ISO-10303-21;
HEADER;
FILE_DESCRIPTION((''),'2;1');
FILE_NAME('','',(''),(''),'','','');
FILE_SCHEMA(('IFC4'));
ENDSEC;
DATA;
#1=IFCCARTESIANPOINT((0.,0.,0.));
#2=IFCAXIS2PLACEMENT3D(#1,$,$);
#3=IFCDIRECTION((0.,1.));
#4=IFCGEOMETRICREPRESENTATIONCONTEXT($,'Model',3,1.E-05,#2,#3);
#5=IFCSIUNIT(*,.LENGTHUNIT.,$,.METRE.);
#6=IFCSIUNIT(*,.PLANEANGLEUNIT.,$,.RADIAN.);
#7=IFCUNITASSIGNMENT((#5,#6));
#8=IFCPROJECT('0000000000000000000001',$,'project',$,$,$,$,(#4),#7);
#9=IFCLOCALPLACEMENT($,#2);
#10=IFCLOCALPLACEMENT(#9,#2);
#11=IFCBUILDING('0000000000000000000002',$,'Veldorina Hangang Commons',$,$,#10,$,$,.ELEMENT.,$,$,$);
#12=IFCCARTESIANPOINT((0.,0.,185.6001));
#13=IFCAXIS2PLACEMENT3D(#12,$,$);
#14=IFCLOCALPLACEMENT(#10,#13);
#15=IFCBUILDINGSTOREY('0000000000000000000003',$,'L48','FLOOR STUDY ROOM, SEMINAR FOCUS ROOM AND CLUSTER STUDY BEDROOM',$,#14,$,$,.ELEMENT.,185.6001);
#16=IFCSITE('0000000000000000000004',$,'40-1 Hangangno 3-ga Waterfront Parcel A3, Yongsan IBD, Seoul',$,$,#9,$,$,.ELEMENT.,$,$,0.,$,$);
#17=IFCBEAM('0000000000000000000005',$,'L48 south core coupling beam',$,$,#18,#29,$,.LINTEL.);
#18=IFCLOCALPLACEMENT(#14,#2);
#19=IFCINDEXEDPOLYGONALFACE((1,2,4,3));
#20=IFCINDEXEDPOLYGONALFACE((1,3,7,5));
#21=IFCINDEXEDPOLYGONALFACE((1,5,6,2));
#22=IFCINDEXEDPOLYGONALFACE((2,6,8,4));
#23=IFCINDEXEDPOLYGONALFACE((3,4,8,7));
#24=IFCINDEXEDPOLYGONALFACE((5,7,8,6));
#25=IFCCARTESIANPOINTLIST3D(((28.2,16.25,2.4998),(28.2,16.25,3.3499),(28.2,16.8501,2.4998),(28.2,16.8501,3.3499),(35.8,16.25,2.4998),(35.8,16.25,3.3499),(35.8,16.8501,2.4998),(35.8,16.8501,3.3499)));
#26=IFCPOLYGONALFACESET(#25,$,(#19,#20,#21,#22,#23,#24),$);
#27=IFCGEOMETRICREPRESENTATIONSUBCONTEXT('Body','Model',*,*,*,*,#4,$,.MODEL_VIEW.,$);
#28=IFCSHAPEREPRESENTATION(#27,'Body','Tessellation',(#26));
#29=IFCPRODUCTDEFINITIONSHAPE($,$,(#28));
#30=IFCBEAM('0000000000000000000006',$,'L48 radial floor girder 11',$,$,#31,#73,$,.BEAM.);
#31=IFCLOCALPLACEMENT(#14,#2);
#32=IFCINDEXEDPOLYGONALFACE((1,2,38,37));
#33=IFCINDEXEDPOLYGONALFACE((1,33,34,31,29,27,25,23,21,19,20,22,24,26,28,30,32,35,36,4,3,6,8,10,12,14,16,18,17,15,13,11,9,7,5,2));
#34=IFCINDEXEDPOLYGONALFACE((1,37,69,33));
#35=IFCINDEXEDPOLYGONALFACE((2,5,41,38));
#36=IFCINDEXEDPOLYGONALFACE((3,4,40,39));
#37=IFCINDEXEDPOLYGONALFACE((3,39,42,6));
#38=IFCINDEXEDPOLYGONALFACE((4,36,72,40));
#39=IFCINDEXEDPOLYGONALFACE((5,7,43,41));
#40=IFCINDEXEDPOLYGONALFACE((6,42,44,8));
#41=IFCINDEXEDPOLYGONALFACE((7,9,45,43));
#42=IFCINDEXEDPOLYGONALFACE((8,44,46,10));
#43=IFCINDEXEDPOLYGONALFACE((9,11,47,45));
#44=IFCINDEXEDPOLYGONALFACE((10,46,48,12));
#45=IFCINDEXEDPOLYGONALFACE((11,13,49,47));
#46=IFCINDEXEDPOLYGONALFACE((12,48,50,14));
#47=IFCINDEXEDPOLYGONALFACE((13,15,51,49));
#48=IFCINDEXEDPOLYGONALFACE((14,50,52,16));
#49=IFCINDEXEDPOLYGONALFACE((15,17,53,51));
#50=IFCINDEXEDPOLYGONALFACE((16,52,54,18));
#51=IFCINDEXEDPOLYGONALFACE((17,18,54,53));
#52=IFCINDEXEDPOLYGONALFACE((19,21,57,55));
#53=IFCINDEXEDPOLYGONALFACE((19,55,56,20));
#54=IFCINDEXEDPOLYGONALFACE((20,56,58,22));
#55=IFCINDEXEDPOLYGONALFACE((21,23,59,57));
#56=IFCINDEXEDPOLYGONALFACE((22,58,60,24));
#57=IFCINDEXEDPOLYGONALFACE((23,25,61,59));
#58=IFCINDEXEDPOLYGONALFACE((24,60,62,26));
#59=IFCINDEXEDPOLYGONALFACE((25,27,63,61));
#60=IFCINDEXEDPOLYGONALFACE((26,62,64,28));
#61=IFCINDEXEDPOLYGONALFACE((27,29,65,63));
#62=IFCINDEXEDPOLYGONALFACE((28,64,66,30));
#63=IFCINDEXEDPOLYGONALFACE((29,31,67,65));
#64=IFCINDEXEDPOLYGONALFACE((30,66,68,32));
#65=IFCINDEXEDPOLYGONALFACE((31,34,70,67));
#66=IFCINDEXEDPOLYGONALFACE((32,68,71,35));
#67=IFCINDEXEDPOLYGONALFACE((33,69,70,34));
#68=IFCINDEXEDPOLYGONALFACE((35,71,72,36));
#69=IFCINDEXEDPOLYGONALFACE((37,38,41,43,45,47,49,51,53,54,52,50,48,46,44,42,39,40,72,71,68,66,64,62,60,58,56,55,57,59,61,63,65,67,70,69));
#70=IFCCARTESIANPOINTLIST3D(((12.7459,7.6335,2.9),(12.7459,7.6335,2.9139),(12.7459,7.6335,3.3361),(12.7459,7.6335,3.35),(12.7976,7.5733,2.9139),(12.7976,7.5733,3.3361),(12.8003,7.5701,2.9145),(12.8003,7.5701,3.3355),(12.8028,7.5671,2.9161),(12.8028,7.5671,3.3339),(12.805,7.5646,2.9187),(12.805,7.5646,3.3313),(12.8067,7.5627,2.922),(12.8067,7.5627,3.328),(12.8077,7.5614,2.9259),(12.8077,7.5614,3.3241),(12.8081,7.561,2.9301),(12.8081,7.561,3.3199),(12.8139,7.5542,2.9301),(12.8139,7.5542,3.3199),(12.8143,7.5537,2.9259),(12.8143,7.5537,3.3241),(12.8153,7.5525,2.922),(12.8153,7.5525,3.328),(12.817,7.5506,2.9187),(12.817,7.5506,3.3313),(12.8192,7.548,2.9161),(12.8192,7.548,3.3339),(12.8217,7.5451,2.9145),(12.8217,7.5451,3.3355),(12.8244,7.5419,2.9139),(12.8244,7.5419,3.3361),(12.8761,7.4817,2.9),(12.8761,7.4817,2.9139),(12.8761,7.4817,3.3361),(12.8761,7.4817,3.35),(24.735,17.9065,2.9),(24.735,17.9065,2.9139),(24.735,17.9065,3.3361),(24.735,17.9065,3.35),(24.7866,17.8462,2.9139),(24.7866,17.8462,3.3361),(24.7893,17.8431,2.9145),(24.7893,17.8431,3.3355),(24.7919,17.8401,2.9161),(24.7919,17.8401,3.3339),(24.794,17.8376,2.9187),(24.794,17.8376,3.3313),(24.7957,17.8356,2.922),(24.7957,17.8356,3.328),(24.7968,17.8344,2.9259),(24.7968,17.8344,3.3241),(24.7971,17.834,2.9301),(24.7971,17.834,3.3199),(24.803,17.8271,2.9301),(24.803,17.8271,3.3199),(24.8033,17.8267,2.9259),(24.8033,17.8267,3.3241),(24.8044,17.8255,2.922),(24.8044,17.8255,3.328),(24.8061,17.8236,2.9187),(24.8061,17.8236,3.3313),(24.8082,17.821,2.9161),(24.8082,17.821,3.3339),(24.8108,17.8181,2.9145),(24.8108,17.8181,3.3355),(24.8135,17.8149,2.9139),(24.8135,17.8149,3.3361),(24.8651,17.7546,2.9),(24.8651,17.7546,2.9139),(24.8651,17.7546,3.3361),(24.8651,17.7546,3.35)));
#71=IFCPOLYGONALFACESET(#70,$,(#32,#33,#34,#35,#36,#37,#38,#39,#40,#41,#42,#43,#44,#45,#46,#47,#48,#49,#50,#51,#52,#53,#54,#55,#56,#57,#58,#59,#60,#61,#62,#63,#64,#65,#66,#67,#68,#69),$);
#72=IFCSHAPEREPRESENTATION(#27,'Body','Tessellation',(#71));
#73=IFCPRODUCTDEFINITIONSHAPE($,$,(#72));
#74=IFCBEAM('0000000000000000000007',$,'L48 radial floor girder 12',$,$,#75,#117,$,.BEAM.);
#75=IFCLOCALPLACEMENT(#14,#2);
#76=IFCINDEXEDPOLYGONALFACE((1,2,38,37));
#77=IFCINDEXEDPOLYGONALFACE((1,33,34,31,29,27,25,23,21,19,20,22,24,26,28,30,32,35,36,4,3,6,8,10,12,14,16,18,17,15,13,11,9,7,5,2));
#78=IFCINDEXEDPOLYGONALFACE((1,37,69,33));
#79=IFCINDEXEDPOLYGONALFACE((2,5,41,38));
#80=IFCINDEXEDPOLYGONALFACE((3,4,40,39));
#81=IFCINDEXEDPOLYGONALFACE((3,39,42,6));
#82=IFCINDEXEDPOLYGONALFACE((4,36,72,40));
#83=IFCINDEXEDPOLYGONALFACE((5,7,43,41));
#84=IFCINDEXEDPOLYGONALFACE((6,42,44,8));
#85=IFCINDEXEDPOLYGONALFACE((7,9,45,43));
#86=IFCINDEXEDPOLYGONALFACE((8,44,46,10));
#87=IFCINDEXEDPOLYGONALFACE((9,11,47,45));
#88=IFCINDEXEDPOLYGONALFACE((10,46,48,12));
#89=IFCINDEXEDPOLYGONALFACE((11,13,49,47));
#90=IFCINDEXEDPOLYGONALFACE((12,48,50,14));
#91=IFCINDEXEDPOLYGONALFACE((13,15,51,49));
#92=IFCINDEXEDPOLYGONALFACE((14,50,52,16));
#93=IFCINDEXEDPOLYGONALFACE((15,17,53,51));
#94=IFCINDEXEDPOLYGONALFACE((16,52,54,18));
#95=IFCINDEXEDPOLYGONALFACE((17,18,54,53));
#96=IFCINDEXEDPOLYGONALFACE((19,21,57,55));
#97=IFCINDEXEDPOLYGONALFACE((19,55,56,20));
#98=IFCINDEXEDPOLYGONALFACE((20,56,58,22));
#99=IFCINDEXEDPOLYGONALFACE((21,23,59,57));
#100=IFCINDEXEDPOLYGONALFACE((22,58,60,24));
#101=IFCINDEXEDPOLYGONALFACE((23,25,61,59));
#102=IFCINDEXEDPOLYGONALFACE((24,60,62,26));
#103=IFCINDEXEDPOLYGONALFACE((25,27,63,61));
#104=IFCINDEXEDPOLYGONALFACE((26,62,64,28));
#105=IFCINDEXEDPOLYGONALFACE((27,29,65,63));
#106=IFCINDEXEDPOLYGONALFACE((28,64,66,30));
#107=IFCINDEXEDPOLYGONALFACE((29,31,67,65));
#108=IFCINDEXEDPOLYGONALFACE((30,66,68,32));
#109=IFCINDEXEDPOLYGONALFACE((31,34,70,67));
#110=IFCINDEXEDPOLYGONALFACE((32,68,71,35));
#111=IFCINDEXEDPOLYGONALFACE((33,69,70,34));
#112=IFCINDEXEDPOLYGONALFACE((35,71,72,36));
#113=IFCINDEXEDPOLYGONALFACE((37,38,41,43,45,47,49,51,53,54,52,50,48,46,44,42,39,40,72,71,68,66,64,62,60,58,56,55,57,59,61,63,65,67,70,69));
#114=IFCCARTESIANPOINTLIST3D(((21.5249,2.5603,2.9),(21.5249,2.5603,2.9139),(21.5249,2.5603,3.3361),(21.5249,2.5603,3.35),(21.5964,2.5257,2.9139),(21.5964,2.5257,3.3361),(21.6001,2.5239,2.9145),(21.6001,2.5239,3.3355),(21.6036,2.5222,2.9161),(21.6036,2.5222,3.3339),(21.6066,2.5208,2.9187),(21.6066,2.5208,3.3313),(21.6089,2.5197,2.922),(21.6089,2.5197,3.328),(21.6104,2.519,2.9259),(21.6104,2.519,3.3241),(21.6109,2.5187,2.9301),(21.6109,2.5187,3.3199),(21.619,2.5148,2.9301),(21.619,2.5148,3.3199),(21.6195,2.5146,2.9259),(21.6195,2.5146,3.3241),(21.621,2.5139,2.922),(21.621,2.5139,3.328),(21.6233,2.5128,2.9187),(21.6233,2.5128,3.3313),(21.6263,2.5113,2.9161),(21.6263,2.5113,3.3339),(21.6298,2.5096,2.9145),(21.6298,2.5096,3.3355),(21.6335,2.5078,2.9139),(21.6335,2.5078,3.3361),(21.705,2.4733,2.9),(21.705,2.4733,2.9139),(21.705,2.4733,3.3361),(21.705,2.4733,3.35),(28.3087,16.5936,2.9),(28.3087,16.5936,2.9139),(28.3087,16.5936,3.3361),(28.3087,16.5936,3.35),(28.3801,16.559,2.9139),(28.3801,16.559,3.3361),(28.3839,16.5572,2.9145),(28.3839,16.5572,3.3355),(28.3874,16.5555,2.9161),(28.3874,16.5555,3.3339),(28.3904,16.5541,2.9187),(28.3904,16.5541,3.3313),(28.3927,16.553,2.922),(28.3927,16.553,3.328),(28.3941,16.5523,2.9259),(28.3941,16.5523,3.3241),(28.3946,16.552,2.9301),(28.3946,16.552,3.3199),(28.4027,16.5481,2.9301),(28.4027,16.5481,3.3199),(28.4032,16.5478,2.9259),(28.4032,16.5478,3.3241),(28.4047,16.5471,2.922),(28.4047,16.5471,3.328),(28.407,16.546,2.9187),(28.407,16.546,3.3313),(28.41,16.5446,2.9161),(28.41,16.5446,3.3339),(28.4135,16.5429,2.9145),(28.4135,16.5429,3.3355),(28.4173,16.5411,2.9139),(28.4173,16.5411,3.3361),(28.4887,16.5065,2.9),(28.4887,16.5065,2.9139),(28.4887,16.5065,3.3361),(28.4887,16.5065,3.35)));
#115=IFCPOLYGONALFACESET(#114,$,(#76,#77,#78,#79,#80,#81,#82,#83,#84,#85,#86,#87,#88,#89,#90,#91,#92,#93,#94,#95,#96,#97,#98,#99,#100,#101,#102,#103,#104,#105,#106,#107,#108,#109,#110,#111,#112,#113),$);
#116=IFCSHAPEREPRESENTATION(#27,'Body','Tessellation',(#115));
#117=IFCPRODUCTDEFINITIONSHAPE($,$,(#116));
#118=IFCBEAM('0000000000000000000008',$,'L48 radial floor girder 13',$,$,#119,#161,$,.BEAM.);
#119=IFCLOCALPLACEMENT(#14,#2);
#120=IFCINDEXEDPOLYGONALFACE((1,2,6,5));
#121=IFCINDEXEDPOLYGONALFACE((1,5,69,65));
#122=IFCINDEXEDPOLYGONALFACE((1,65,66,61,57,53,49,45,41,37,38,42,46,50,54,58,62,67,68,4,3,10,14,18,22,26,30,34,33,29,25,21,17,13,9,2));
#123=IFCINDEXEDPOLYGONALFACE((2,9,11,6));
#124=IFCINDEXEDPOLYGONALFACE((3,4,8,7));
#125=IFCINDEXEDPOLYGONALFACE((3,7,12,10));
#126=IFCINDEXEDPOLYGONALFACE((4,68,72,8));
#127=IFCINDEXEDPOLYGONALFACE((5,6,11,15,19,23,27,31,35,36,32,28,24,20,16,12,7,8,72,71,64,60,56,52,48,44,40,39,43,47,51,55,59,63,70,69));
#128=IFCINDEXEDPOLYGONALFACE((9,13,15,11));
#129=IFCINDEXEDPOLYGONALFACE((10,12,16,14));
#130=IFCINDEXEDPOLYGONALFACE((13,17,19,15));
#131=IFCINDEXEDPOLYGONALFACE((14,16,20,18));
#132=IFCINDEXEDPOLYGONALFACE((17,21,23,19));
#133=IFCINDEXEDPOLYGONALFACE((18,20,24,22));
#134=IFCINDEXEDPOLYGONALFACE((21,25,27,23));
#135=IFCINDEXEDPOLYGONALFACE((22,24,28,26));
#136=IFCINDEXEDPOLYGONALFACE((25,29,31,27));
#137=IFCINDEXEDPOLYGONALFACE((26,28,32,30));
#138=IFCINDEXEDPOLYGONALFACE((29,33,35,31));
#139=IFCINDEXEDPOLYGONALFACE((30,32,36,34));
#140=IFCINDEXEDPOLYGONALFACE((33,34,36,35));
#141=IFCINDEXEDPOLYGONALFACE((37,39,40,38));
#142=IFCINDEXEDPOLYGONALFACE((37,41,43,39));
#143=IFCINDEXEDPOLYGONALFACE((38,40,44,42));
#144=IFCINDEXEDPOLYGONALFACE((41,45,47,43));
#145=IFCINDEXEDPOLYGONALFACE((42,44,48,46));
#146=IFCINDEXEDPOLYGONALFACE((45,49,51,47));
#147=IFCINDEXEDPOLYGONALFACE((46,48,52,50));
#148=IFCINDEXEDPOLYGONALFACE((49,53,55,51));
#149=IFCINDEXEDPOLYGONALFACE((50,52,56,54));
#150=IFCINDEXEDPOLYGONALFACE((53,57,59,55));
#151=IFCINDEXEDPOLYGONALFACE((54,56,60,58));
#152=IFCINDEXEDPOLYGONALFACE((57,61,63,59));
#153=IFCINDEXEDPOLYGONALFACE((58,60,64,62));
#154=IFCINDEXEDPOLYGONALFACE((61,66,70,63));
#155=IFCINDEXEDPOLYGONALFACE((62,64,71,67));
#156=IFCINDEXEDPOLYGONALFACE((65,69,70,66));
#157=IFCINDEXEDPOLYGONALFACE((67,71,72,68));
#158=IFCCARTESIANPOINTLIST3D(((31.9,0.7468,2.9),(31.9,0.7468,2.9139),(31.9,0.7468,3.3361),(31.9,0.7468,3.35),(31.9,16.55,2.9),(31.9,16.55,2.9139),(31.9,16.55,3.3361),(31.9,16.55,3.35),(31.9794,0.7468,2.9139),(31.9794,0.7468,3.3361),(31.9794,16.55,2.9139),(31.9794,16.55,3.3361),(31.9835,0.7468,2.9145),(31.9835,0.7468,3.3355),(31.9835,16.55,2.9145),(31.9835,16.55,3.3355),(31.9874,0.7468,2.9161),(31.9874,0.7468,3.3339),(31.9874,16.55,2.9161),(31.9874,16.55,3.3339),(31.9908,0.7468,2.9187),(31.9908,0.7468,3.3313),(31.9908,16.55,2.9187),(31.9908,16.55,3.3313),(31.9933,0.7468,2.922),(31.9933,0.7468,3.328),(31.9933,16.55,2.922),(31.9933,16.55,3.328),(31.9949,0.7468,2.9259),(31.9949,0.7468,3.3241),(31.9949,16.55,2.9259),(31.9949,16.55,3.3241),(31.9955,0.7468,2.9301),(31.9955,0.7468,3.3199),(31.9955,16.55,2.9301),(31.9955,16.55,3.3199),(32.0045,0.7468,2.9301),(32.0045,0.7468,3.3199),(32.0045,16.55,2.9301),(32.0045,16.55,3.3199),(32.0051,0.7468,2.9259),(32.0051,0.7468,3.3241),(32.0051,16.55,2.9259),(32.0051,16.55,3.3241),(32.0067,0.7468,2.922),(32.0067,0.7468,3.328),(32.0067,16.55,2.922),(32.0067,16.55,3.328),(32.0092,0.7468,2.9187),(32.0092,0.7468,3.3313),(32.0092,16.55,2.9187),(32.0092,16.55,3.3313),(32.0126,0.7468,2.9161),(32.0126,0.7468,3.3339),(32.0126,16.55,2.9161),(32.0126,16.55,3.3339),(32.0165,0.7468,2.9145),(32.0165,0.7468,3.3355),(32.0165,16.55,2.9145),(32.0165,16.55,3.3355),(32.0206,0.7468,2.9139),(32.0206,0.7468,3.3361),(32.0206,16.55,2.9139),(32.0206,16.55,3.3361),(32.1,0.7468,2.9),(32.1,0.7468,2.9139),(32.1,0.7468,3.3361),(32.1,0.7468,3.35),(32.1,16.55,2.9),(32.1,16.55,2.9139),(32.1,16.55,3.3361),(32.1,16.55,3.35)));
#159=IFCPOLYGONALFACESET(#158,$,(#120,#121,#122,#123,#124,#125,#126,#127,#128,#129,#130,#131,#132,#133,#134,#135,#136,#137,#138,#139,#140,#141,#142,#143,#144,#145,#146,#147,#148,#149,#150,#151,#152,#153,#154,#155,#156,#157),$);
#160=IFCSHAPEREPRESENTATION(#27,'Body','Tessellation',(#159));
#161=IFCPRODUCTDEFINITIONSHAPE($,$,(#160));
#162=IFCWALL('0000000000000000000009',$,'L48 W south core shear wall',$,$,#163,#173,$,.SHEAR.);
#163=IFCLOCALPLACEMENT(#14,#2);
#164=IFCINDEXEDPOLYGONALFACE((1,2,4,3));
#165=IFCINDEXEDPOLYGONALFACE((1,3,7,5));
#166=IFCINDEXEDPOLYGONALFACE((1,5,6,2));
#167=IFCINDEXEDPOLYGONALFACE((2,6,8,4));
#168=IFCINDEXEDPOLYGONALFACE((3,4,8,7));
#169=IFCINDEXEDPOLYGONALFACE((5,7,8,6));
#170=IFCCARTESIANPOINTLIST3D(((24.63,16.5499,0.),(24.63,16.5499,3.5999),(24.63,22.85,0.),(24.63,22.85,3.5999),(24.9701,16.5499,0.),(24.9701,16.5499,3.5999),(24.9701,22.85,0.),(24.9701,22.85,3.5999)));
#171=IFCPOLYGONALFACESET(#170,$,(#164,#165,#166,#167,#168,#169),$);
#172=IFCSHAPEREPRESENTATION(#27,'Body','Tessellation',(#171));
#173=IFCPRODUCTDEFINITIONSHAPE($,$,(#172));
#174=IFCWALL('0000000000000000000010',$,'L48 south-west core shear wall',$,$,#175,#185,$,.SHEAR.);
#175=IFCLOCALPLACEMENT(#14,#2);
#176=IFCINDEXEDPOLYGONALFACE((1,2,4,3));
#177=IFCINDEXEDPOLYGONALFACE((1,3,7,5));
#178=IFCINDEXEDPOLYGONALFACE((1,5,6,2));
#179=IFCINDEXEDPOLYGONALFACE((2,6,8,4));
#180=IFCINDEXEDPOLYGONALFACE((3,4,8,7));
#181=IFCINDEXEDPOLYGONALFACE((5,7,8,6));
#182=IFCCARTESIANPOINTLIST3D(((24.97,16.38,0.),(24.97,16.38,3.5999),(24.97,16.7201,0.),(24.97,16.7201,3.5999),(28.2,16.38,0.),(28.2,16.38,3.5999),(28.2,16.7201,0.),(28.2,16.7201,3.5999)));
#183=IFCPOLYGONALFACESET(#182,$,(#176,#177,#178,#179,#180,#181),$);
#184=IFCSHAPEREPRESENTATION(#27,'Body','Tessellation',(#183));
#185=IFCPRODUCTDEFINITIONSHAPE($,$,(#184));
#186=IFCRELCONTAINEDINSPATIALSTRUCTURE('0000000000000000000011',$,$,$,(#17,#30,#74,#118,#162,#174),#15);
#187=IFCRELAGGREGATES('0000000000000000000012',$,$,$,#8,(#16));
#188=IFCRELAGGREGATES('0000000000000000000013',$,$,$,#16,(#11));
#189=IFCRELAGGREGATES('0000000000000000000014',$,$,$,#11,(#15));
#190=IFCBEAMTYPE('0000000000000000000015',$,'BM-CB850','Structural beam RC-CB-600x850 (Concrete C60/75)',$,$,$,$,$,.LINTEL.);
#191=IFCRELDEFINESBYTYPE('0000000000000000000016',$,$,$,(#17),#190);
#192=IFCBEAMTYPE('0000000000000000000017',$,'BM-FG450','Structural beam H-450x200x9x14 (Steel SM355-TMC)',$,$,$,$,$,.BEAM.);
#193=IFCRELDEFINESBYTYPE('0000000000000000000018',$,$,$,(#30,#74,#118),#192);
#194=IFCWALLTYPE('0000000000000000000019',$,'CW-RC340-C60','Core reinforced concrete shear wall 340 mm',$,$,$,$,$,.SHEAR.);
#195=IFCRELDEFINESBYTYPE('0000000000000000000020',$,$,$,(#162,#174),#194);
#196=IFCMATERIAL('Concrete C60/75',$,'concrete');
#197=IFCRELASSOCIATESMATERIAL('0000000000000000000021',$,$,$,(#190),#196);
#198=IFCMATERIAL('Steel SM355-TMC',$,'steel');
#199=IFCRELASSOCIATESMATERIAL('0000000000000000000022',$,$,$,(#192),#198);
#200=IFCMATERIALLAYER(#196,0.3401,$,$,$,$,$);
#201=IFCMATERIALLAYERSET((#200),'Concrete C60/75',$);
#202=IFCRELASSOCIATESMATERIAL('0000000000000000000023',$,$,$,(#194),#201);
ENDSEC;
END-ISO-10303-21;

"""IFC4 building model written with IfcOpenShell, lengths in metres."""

from ifc_helpers import new_model, si_unit, direction, frame, frame_2d, origin, origin_2d, place, context, subcontext, project, spatial, rectangle, i_section, extrude, material, layer, layer_set, material_profile, profile_set, type_object, element, save


model = new_model("IFC4")

# Units and contexts
model_context = context("Model", 3, precision=1e-05, world=origin(), true_north=direction((0.0, 1.0)))
body_context = subcontext(model_context, "Body", "Model", "MODEL_VIEW")
ifc_project = project(units=[si_unit("LENGTHUNIT", "METRE"), si_unit("PLANEANGLEUNIT", "RADIAN")], contexts=[model_context])

# Site, building, storey
site_placement = place(None, origin())
site = spatial("IfcSite", under=ifc_project, at=site_placement, Name="40-1 Hangangno 3-ga Waterfront Parcel A3, Yongsan IBD, Seoul", CompositionType="ELEMENT", RefElevation=0.0)
building_placement = place(site_placement, origin())
building = spatial("IfcBuilding", under=site, at=building_placement, Name="Veldorina Hangang Commons", CompositionType="ELEMENT")
storey_placement = place(building_placement, frame((0.0, 0.0, 185.6001)))
storey = spatial("IfcBuildingStorey", under=building, at=storey_placement, Name="L48", Description="FLOOR STUDY ROOM, SEMINAR FOCUS ROOM AND CLUSTER STUDY BEDROOM", CompositionType="ELEMENT", Elevation=185.6001)

# Beams
ifc_material_1 = material(Name="Concrete C60/75", Category="concrete")
ifc_material_profile_1 = material_profile(ifc_material_1, rectangle(XDim=0.6001, YDim=0.8501, at=origin_2d()), Name="RC-CB-600x850")
ifc_profile_set_1 = profile_set([ifc_material_profile_1], Name="Concrete C60/75")
beam_type_1 = type_object("IfcBeamType", Name="BM-CB850", Description="Structural beam RC-CB-600x850 (Concrete C60/75)", PredefinedType="LINTEL", material=ifc_profile_set_1)
beam_1_placement = place(storey_placement, frame((28.2, 16.55, 2.9248), z_axis=(1.0, 0.0, 0.0), x_axis=(0.0, 1.0, 0.0)))
element("IfcBeam", 1, at=beam_1_placement, inside=storey, type_object=beam_type_1, Name="L48 south core coupling beam", PredefinedType="LINTEL", context=body_context, shape_type="SweptSolid", body=[
    extrude(rectangle(XDim=0.6001, YDim=0.8501, at=origin_2d()), origin(), (0.0, 0.0, 1.0), 7.6001),
])
ifc_material_2 = material(Name="Steel SM355-TMC", Category="steel")
ifc_material_profile_2 = material_profile(ifc_material_2, i_section(OverallWidth=0.2, OverallDepth=0.45, WebThickness=0.009, FlangeThickness=0.0139, FilletRadius=0.0161, at=origin_2d()), Name="H-450x200x9x14")
ifc_profile_set_2 = profile_set([ifc_material_profile_2], Name="Steel SM355-TMC")
beam_type_2 = type_object("IfcBeamType", Name="BM-FG450", Description="Structural beam H-450x200x9x14 (Steel SM355-TMC)", PredefinedType="BEAM", material=ifc_profile_set_2)
beam_2_placement = place(storey_placement, frame((24.8, 17.8306, 3.125), z_axis=(-0.759361, -0.650669, 0.0), x_axis=(0.650669, -0.759361, 0.0)))
element("IfcBeam", 2, at=beam_2_placement, inside=storey, type_object=beam_type_2, Name="L48 radial floor girder 11", PredefinedType="BEAM", context=body_context, shape_type="SweptSolid", body=[
    extrude(i_section(OverallWidth=0.2, OverallDepth=0.45, WebThickness=0.009, FlangeThickness=0.0139, FilletRadius=0.0161, at=origin_2d()), origin(), (0.0, 0.0, 1.0), 15.7883),
])
beam_3_placement = place(storey_placement, frame((28.3987, 16.55, 3.125), z_axis=(-0.435219, -0.900324, 0.0), x_axis=(0.900324, -0.435219, 0.0)))
element("IfcBeam", 3, at=beam_3_placement, inside=storey, type_object=beam_type_2, Name="L48 radial floor girder 12", PredefinedType="BEAM", context=body_context, shape_type="SweptSolid", body=[
    extrude(i_section(OverallWidth=0.2, OverallDepth=0.45, WebThickness=0.009, FlangeThickness=0.0139, FilletRadius=0.0161, at=origin_2d()), origin(), (0.0, 0.0, 1.0), 15.5869),
])
beam_4_placement = place(storey_placement, frame((32.0, 16.55, 3.125), z_axis=(0.0, -1.0, 0.0), x_axis=(1.0, 0.0, 0.0)))
element("IfcBeam", 4, at=beam_4_placement, inside=storey, type_object=beam_type_2, Name="L48 radial floor girder 13", PredefinedType="BEAM", context=body_context, shape_type="SweptSolid", body=[
    extrude(i_section(OverallWidth=0.2, OverallDepth=0.45, WebThickness=0.009, FlangeThickness=0.0139, FilletRadius=0.0161, at=origin_2d()), origin(), (0.0, 0.0, 1.0), 15.8032),
])

# Walls
ifc_layer_1 = layer(ifc_material_1, 0.3401)
ifc_layer_set_1 = layer_set([ifc_layer_1], Name="Concrete C60/75")
wall_type_1 = type_object("IfcWallType", Name="CW-RC340-C60", Description="Core reinforced concrete shear wall 340 mm", PredefinedType="SHEAR", material=ifc_layer_set_1)
wall_1_placement = place(storey_placement, frame((24.8, 16.55, 0.0), z_axis=(0.0, 0.0, 1.0), x_axis=(0.0, 1.0, 0.0)))
element("IfcWall", 5, at=wall_1_placement, inside=storey, type_object=wall_type_1, Name="L48 W south core shear wall", PredefinedType="SHEAR", context=body_context, shape_type="SweptSolid", body=[
    extrude(rectangle(XDim=6.3, YDim=0.3401, at=frame_2d((3.1499, 0.0))), origin(), (0.0, 0.0, 1.0), 3.5999),
])
wall_2_placement = place(storey_placement, frame((24.97, 16.55, 0.0), z_axis=(0.0, 0.0, 1.0), x_axis=(1.0, 0.0, 0.0)))
element("IfcWall", 6, at=wall_2_placement, inside=storey, type_object=wall_type_1, Name="L48 south-west core shear wall", PredefinedType="SHEAR", context=body_context, shape_type="SweptSolid", body=[
    extrude(rectangle(XDim=3.23, YDim=0.3401, at=frame_2d((1.615, 0.0))), origin(), (0.0, 0.0, 1.0), 3.5999),
])

save(model, "model.ifc")
